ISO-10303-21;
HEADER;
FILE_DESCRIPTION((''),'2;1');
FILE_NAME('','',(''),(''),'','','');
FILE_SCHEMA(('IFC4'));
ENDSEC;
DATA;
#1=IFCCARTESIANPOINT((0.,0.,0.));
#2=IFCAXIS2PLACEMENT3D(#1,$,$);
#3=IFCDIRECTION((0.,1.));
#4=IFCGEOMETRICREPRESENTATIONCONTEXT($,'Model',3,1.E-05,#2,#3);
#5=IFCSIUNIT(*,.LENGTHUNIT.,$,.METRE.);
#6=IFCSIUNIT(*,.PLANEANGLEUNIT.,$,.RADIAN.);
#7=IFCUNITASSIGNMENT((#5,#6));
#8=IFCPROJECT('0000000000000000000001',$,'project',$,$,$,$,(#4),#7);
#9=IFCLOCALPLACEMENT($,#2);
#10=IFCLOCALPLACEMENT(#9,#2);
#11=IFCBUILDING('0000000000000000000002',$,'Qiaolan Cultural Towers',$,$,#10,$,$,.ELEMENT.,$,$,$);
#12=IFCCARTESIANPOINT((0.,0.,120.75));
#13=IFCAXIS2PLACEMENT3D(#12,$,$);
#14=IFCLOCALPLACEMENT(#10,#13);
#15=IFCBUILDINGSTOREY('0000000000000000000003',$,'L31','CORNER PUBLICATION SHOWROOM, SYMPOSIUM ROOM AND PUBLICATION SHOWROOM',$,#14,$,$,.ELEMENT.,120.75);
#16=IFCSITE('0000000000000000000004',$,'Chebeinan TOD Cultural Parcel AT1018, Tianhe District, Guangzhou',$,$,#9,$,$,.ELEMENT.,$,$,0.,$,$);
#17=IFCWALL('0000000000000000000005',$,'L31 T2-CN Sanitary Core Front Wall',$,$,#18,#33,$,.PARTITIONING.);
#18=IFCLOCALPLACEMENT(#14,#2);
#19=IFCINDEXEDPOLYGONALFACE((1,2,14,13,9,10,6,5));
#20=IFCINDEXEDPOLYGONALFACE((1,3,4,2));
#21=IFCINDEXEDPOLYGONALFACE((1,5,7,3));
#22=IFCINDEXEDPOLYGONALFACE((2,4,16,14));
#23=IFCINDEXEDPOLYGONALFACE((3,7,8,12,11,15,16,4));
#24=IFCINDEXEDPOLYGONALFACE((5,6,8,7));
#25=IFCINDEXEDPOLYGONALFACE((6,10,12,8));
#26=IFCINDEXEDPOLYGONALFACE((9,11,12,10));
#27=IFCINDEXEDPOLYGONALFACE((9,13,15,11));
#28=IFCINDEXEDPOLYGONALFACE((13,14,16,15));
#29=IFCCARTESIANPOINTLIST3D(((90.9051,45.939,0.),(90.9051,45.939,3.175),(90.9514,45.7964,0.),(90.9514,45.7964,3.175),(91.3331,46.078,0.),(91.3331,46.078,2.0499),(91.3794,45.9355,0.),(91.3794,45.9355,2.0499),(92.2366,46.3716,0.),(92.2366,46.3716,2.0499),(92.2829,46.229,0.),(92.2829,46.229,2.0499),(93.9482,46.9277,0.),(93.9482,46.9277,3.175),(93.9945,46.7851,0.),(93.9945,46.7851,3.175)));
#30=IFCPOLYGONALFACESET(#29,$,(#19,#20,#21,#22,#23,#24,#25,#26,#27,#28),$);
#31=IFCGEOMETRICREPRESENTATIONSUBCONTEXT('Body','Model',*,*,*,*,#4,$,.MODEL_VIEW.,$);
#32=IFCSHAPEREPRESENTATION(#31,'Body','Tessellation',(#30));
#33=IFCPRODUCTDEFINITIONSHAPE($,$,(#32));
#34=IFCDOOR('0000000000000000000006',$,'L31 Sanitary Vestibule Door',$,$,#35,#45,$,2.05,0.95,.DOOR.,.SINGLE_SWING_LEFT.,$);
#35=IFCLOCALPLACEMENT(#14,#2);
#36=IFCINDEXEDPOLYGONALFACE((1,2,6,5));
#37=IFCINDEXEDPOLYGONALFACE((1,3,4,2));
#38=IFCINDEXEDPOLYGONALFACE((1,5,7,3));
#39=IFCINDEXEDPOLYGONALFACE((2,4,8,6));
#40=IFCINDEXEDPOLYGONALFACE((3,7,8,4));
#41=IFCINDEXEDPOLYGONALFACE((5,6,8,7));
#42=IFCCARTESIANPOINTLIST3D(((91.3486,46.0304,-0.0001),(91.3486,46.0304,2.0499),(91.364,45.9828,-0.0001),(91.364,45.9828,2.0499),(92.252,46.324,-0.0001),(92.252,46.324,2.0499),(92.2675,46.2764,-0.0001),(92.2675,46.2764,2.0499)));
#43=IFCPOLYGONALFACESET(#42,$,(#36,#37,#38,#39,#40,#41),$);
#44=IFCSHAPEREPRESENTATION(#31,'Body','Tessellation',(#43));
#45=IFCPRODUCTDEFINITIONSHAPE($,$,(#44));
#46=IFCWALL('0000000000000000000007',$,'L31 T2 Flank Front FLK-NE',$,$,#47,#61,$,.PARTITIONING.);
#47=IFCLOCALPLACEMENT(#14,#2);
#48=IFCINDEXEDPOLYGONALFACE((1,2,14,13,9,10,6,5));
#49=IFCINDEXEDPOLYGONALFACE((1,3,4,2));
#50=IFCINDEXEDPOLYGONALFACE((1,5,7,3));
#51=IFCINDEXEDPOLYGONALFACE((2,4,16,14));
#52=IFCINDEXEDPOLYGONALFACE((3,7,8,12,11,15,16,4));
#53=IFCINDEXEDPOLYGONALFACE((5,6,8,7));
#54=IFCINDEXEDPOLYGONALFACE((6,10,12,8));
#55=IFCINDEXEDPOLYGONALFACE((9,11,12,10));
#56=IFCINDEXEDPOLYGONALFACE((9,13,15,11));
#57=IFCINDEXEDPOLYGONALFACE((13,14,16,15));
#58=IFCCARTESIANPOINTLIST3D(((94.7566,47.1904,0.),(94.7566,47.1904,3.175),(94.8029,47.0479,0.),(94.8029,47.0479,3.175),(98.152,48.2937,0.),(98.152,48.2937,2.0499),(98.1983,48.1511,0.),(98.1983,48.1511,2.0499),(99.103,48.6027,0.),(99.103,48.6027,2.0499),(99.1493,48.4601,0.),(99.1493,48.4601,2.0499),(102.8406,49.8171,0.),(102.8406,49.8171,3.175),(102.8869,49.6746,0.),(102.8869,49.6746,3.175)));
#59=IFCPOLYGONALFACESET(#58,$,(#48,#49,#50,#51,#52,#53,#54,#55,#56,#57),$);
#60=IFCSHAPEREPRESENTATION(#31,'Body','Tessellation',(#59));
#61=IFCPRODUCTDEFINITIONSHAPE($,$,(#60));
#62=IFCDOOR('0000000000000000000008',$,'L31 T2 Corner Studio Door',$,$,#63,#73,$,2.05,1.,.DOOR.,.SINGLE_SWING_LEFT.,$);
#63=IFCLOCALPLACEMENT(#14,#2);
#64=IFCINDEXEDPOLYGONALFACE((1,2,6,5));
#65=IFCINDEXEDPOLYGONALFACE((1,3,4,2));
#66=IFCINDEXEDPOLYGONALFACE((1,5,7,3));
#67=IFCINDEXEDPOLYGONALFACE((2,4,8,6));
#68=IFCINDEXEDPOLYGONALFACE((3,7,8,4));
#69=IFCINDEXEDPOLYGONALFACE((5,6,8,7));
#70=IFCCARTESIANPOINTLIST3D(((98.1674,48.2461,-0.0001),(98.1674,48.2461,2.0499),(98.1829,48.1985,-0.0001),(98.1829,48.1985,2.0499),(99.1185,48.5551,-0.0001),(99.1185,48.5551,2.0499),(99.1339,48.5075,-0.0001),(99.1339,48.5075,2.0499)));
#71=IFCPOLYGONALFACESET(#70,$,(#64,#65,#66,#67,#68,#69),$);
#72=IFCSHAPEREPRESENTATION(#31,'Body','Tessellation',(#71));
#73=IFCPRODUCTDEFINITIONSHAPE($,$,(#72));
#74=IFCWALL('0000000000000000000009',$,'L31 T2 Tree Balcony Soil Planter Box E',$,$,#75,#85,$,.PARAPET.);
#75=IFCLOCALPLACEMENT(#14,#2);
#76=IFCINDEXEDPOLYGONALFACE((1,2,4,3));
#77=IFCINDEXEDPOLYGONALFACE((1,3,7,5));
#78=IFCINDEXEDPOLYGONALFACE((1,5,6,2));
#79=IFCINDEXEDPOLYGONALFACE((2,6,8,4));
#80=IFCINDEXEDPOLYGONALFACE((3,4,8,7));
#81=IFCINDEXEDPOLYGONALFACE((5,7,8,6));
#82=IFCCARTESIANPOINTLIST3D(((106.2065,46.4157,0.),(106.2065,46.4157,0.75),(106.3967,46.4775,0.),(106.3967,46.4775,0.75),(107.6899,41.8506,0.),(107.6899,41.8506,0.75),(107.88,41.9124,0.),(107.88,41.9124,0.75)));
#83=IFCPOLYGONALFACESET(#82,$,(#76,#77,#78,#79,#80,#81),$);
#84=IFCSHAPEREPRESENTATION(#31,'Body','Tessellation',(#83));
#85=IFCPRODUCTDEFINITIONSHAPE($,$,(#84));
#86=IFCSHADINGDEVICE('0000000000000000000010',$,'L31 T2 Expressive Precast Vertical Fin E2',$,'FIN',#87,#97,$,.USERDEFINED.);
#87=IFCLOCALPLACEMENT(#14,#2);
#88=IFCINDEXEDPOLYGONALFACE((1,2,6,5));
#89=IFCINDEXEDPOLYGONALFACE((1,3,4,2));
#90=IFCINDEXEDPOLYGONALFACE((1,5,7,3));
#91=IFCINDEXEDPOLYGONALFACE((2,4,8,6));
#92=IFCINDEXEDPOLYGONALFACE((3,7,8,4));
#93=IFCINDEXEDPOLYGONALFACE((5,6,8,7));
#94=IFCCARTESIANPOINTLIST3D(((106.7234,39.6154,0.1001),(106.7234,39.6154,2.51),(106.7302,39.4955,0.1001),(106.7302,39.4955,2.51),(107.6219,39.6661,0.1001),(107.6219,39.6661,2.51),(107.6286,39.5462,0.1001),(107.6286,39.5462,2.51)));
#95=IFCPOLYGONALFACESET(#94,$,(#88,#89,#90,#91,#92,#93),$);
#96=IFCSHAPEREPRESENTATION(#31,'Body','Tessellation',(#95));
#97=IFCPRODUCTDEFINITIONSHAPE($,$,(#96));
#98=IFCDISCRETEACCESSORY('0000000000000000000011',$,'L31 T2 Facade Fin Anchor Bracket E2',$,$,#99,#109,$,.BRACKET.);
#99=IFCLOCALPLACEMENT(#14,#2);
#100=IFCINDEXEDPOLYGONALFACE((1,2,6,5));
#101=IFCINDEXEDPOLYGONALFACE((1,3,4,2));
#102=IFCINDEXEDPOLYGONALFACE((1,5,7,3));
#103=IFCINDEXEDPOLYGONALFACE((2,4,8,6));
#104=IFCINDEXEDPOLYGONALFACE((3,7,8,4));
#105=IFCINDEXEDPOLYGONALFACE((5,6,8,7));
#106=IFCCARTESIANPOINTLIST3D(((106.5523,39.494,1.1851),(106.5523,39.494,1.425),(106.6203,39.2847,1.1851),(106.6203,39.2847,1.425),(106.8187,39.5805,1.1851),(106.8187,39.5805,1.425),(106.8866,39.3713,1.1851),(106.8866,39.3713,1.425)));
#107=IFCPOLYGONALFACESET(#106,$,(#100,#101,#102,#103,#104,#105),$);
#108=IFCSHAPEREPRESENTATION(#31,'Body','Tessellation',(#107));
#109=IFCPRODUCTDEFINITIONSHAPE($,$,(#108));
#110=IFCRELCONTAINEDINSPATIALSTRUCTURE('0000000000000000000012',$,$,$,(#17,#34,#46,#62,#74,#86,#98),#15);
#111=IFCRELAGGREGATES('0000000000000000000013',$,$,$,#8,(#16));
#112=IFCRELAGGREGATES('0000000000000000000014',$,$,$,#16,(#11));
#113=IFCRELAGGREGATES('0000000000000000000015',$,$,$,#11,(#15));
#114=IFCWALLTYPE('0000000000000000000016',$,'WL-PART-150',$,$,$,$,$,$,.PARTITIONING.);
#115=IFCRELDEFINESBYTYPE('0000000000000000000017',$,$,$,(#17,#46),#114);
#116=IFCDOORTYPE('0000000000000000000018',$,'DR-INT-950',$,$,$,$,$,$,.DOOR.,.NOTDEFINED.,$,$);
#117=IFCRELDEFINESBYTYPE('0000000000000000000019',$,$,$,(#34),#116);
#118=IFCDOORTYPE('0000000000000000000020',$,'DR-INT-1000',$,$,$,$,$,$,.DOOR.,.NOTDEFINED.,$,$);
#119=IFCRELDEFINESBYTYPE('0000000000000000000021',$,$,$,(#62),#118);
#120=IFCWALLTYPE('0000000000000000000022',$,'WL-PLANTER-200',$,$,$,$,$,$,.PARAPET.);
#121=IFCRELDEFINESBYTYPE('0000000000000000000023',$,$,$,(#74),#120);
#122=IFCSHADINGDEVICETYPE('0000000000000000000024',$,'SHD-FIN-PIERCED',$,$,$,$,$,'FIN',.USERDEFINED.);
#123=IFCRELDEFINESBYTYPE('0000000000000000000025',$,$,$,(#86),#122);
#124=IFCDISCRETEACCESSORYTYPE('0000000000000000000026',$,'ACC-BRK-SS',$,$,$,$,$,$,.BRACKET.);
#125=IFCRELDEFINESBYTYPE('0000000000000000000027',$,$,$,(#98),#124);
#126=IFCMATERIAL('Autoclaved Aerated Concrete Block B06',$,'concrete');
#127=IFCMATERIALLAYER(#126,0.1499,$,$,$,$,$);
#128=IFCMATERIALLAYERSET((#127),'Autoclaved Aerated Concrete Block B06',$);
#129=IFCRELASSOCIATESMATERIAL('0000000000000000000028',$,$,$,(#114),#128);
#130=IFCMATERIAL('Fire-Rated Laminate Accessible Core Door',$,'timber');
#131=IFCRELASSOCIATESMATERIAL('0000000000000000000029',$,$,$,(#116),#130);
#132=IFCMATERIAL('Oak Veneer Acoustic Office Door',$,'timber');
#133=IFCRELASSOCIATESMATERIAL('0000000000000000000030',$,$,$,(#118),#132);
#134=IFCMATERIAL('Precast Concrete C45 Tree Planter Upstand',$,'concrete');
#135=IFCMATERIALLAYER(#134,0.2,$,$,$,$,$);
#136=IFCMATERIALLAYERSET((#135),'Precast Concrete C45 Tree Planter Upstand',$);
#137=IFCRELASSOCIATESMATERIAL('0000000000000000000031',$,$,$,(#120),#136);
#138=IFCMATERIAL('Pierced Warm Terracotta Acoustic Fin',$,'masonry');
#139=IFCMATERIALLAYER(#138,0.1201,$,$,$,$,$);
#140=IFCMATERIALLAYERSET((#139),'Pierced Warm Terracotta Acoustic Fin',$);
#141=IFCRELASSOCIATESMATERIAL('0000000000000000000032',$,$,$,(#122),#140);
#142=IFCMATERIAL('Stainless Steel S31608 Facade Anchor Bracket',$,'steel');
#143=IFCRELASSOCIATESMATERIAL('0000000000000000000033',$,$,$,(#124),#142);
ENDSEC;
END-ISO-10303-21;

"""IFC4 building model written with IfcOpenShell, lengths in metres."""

from ifc_helpers import new_model, si_unit, direction, frame, frame_2d, origin, origin_2d, place, context, subcontext, project, spatial, rectangle, extrude, material, layer, layer_set, type_object, element, fill, save


model = new_model("IFC4")

# Units and contexts
model_context = context("Model", 3, precision=1e-05, world=origin(), true_north=direction((0.0, 1.0)))
body_context = subcontext(model_context, "Body", "Model", "MODEL_VIEW")
ifc_project = project(units=[si_unit("LENGTHUNIT", "METRE"), si_unit("PLANEANGLEUNIT", "RADIAN")], contexts=[model_context])

# Site, building, storey
site_placement = place(None, origin())
site = spatial("IfcSite", under=ifc_project, at=site_placement, Name="Chebeinan TOD Cultural Parcel AT1018, Tianhe District, Guangzhou", CompositionType="ELEMENT", RefElevation=0.0)
building_placement = place(site_placement, origin())
building = spatial("IfcBuilding", under=site, at=building_placement, Name="Qiaolan Cultural Towers", CompositionType="ELEMENT")
storey_placement = place(building_placement, frame((0.0, 0.0, 120.75)))
storey = spatial("IfcBuildingStorey", under=building, at=storey_placement, Name="L31", Description="CORNER PUBLICATION SHOWROOM, SYMPOSIUM ROOM AND PUBLICATION SHOWROOM", CompositionType="ELEMENT", Elevation=120.75)

# Walls, openings, doors
ifc_material_1 = material(Name="Autoclaved Aerated Concrete Block B06", Category="concrete")
ifc_layer_1 = layer(ifc_material_1, 0.1499)
ifc_layer_set_1 = layer_set([ifc_layer_1], Name="Autoclaved Aerated Concrete Block B06")
wall_type_1 = type_object("IfcWallType", Name="WL-PART-150", PredefinedType="PARTITIONING", material=ifc_layer_set_1)
wall_1_placement = place(storey_placement, frame((90.9282, 45.8677, 0.0), z_axis=(0.0, 0.0, 1.0), x_axis=(0.951059, 0.309008, 0.0)))
wall_1 = element("IfcWall", 1, at=wall_1_placement, inside=storey, type_object=wall_type_1, Name="L31 T2-CN Sanitary Core Front Wall", PredefinedType="PARTITIONING", context=body_context, shape_type="SweptSolid", body=[
    extrude(rectangle(XDim=3.1997, YDim=0.1499, at=frame_2d((1.5999, 0.0))), origin(), (0.0, 0.0, 1.0), 3.175),
])
opening_1_placement = place(wall_1_placement, frame((0.45, 0.0, 0.0)))
opening_1 = element("IfcOpeningElement", 2, at=opening_1_placement, cuts=wall_1, PredefinedType="OPENING", context=body_context, shape_type="SweptSolid", body=[
    extrude(rectangle(XDim=0.95, YDim=2.05, at=frame_2d((0.4751, 1.0249))), frame((0.0, 0.085, 0.0), z_axis=(0.0, -1.0, 0.0), x_axis=(1.0, 0.0, 0.0)), (0.0, 0.0, 1.0), 0.1699),
])
ifc_material_2 = material(Name="Fire-Rated Laminate Accessible Core Door", Category="timber")
door_type_1 = type_object("IfcDoorType", Name="DR-INT-950", OperationType="NOTDEFINED", PredefinedType="DOOR", material=ifc_material_2)
door_1_placement = place(opening_1_placement, origin())
door_1 = element("IfcDoor", 3, at=door_1_placement, inside=storey, type_object=door_type_1, Name="L31 Sanitary Vestibule Door", OperationType="SINGLE_SWING_LEFT", OverallHeight=2.05, OverallWidth=0.95, PredefinedType="DOOR", context=body_context, shape_type="SweptSolid", body=[
    extrude(rectangle(XDim=0.95, YDim=2.05, at=frame_2d((0.4751, 1.0249))), frame((0.0, 0.0249, 0.0), z_axis=(0.0, -1.0, 0.0), x_axis=(1.0, 0.0, 0.0)), (0.0, 0.0, 1.0), 0.05),
])
fill(opening_1, door_1)
wall_2_placement = place(storey_placement, frame((94.7798, 47.1191, 0.0), z_axis=(0.0, 0.0, 1.0), x_axis=(0.951054, 0.309024, 0.0)))
wall_2 = element("IfcWall", 4, at=wall_2_placement, inside=storey, type_object=wall_type_1, Name="L31 T2 Flank Front FLK-NE", PredefinedType="PARTITIONING", context=body_context, shape_type="SweptSolid", body=[
    extrude(rectangle(XDim=8.5, YDim=0.1499, at=frame_2d((4.25, 0.0))), origin(), (0.0, 0.0, 1.0), 3.175),
])
opening_2_placement = place(wall_2_placement, frame((3.5701, 0.0, 0.0)))
opening_2 = element("IfcOpeningElement", 5, at=opening_2_placement, cuts=wall_2, PredefinedType="OPENING", context=body_context, shape_type="SweptSolid", body=[
    extrude(rectangle(XDim=1.0, YDim=2.05, at=frame_2d((0.5, 1.0249))), frame((0.0, 0.085, 0.0), z_axis=(0.0, -1.0, 0.0), x_axis=(1.0, 0.0, 0.0)), (0.0, 0.0, 1.0), 0.1699),
])
ifc_material_3 = material(Name="Oak Veneer Acoustic Office Door", Category="timber")
door_type_2 = type_object("IfcDoorType", Name="DR-INT-1000", OperationType="NOTDEFINED", PredefinedType="DOOR", material=ifc_material_3)
door_2_placement = place(opening_2_placement, origin())
door_2 = element("IfcDoor", 6, at=door_2_placement, inside=storey, type_object=door_type_2, Name="L31 T2 Corner Studio Door", OperationType="SINGLE_SWING_LEFT", OverallHeight=2.05, OverallWidth=1.0, PredefinedType="DOOR", context=body_context, shape_type="SweptSolid", body=[
    extrude(rectangle(XDim=1.0, YDim=2.05, at=frame_2d((0.5, 1.0249))), frame((0.0, 0.0249, 0.0), z_axis=(0.0, -1.0, 0.0), x_axis=(1.0, 0.0, 0.0)), (0.0, 0.0, 1.0), 0.05),
])
fill(opening_2, door_2)

# Wall
ifc_material_4 = material(Name="Precast Concrete C45 Tree Planter Upstand", Category="concrete")
ifc_layer_2 = layer(ifc_material_4, 0.2)
ifc_layer_set_2 = layer_set([ifc_layer_2], Name="Precast Concrete C45 Tree Planter Upstand")
wall_type_2 = type_object("IfcWallType", Name="WL-PLANTER-200", PredefinedType="PARAPET", material=ifc_layer_set_2)
wall_3_placement = place(storey_placement, frame((107.7849, 41.8816, 0.0), z_axis=(0.0, 0.0, 1.0), x_axis=(-0.309032, 0.951052, 0.0)))
element("IfcWall", 7, at=wall_3_placement, inside=storey, type_object=wall_type_2, Name="L31 T2 Tree Balcony Soil Planter Box E", PredefinedType="PARAPET", context=body_context, shape_type="SweptSolid", body=[
    extrude(rectangle(XDim=4.8, YDim=0.2, at=frame_2d((2.3999, 0.0))), origin(), (0.0, 0.0, 1.0), 0.75),
])

# Shading device
ifc_material_5 = material(Name="Pierced Warm Terracotta Acoustic Fin", Category="masonry")
ifc_layer_3 = layer(ifc_material_5, 0.1201)
ifc_layer_set_3 = layer_set([ifc_layer_3], Name="Pierced Warm Terracotta Acoustic Fin")
shading_device_type = type_object("IfcShadingDeviceType", Name="SHD-FIN-PIERCED", ElementType="FIN", PredefinedType="USERDEFINED", material=ifc_layer_set_3)
shading_device_placement = place(storey_placement, frame((107.176, 39.5808, 0.1001), z_axis=(0.0, 0.0, 1.0), x_axis=(0.998413, 0.056307, 0.0)))
element("IfcShadingDevice", 8, at=shading_device_placement, inside=storey, type_object=shading_device_type, Name="L31 T2 Expressive Precast Vertical Fin E2", ObjectType="FIN", PredefinedType="USERDEFINED", context=body_context, shape_type="SweptSolid", body=[
    extrude(rectangle(XDim=0.8999, YDim=0.1201, at=origin_2d()), origin(), (0.0, 0.0, 1.0), 2.4099),
])

# Discrete accessory
ifc_material_6 = material(Name="Stainless Steel S31608 Facade Anchor Bracket", Category="steel")
discrete_accessory_type = type_object("IfcDiscreteAccessoryType", Name="ACC-BRK-SS", PredefinedType="BRACKET", material=ifc_material_6)
discrete_accessory_placement = place(storey_placement, frame((106.7195, 39.4326, 1.1851), z_axis=(0.0, 0.0, 1.0), x_axis=(0.951057, 0.309017, 0.0)))
element("IfcDiscreteAccessory", 9, at=discrete_accessory_placement, inside=storey, type_object=discrete_accessory_type, Name="L31 T2 Facade Fin Anchor Bracket E2", PredefinedType="BRACKET", context=body_context, shape_type="SweptSolid", body=[
    extrude(rectangle(XDim=0.28, YDim=0.22, at=origin_2d()), origin(), (0.0, 0.0, 1.0), 0.24),
])

save(model, "model.ifc")
